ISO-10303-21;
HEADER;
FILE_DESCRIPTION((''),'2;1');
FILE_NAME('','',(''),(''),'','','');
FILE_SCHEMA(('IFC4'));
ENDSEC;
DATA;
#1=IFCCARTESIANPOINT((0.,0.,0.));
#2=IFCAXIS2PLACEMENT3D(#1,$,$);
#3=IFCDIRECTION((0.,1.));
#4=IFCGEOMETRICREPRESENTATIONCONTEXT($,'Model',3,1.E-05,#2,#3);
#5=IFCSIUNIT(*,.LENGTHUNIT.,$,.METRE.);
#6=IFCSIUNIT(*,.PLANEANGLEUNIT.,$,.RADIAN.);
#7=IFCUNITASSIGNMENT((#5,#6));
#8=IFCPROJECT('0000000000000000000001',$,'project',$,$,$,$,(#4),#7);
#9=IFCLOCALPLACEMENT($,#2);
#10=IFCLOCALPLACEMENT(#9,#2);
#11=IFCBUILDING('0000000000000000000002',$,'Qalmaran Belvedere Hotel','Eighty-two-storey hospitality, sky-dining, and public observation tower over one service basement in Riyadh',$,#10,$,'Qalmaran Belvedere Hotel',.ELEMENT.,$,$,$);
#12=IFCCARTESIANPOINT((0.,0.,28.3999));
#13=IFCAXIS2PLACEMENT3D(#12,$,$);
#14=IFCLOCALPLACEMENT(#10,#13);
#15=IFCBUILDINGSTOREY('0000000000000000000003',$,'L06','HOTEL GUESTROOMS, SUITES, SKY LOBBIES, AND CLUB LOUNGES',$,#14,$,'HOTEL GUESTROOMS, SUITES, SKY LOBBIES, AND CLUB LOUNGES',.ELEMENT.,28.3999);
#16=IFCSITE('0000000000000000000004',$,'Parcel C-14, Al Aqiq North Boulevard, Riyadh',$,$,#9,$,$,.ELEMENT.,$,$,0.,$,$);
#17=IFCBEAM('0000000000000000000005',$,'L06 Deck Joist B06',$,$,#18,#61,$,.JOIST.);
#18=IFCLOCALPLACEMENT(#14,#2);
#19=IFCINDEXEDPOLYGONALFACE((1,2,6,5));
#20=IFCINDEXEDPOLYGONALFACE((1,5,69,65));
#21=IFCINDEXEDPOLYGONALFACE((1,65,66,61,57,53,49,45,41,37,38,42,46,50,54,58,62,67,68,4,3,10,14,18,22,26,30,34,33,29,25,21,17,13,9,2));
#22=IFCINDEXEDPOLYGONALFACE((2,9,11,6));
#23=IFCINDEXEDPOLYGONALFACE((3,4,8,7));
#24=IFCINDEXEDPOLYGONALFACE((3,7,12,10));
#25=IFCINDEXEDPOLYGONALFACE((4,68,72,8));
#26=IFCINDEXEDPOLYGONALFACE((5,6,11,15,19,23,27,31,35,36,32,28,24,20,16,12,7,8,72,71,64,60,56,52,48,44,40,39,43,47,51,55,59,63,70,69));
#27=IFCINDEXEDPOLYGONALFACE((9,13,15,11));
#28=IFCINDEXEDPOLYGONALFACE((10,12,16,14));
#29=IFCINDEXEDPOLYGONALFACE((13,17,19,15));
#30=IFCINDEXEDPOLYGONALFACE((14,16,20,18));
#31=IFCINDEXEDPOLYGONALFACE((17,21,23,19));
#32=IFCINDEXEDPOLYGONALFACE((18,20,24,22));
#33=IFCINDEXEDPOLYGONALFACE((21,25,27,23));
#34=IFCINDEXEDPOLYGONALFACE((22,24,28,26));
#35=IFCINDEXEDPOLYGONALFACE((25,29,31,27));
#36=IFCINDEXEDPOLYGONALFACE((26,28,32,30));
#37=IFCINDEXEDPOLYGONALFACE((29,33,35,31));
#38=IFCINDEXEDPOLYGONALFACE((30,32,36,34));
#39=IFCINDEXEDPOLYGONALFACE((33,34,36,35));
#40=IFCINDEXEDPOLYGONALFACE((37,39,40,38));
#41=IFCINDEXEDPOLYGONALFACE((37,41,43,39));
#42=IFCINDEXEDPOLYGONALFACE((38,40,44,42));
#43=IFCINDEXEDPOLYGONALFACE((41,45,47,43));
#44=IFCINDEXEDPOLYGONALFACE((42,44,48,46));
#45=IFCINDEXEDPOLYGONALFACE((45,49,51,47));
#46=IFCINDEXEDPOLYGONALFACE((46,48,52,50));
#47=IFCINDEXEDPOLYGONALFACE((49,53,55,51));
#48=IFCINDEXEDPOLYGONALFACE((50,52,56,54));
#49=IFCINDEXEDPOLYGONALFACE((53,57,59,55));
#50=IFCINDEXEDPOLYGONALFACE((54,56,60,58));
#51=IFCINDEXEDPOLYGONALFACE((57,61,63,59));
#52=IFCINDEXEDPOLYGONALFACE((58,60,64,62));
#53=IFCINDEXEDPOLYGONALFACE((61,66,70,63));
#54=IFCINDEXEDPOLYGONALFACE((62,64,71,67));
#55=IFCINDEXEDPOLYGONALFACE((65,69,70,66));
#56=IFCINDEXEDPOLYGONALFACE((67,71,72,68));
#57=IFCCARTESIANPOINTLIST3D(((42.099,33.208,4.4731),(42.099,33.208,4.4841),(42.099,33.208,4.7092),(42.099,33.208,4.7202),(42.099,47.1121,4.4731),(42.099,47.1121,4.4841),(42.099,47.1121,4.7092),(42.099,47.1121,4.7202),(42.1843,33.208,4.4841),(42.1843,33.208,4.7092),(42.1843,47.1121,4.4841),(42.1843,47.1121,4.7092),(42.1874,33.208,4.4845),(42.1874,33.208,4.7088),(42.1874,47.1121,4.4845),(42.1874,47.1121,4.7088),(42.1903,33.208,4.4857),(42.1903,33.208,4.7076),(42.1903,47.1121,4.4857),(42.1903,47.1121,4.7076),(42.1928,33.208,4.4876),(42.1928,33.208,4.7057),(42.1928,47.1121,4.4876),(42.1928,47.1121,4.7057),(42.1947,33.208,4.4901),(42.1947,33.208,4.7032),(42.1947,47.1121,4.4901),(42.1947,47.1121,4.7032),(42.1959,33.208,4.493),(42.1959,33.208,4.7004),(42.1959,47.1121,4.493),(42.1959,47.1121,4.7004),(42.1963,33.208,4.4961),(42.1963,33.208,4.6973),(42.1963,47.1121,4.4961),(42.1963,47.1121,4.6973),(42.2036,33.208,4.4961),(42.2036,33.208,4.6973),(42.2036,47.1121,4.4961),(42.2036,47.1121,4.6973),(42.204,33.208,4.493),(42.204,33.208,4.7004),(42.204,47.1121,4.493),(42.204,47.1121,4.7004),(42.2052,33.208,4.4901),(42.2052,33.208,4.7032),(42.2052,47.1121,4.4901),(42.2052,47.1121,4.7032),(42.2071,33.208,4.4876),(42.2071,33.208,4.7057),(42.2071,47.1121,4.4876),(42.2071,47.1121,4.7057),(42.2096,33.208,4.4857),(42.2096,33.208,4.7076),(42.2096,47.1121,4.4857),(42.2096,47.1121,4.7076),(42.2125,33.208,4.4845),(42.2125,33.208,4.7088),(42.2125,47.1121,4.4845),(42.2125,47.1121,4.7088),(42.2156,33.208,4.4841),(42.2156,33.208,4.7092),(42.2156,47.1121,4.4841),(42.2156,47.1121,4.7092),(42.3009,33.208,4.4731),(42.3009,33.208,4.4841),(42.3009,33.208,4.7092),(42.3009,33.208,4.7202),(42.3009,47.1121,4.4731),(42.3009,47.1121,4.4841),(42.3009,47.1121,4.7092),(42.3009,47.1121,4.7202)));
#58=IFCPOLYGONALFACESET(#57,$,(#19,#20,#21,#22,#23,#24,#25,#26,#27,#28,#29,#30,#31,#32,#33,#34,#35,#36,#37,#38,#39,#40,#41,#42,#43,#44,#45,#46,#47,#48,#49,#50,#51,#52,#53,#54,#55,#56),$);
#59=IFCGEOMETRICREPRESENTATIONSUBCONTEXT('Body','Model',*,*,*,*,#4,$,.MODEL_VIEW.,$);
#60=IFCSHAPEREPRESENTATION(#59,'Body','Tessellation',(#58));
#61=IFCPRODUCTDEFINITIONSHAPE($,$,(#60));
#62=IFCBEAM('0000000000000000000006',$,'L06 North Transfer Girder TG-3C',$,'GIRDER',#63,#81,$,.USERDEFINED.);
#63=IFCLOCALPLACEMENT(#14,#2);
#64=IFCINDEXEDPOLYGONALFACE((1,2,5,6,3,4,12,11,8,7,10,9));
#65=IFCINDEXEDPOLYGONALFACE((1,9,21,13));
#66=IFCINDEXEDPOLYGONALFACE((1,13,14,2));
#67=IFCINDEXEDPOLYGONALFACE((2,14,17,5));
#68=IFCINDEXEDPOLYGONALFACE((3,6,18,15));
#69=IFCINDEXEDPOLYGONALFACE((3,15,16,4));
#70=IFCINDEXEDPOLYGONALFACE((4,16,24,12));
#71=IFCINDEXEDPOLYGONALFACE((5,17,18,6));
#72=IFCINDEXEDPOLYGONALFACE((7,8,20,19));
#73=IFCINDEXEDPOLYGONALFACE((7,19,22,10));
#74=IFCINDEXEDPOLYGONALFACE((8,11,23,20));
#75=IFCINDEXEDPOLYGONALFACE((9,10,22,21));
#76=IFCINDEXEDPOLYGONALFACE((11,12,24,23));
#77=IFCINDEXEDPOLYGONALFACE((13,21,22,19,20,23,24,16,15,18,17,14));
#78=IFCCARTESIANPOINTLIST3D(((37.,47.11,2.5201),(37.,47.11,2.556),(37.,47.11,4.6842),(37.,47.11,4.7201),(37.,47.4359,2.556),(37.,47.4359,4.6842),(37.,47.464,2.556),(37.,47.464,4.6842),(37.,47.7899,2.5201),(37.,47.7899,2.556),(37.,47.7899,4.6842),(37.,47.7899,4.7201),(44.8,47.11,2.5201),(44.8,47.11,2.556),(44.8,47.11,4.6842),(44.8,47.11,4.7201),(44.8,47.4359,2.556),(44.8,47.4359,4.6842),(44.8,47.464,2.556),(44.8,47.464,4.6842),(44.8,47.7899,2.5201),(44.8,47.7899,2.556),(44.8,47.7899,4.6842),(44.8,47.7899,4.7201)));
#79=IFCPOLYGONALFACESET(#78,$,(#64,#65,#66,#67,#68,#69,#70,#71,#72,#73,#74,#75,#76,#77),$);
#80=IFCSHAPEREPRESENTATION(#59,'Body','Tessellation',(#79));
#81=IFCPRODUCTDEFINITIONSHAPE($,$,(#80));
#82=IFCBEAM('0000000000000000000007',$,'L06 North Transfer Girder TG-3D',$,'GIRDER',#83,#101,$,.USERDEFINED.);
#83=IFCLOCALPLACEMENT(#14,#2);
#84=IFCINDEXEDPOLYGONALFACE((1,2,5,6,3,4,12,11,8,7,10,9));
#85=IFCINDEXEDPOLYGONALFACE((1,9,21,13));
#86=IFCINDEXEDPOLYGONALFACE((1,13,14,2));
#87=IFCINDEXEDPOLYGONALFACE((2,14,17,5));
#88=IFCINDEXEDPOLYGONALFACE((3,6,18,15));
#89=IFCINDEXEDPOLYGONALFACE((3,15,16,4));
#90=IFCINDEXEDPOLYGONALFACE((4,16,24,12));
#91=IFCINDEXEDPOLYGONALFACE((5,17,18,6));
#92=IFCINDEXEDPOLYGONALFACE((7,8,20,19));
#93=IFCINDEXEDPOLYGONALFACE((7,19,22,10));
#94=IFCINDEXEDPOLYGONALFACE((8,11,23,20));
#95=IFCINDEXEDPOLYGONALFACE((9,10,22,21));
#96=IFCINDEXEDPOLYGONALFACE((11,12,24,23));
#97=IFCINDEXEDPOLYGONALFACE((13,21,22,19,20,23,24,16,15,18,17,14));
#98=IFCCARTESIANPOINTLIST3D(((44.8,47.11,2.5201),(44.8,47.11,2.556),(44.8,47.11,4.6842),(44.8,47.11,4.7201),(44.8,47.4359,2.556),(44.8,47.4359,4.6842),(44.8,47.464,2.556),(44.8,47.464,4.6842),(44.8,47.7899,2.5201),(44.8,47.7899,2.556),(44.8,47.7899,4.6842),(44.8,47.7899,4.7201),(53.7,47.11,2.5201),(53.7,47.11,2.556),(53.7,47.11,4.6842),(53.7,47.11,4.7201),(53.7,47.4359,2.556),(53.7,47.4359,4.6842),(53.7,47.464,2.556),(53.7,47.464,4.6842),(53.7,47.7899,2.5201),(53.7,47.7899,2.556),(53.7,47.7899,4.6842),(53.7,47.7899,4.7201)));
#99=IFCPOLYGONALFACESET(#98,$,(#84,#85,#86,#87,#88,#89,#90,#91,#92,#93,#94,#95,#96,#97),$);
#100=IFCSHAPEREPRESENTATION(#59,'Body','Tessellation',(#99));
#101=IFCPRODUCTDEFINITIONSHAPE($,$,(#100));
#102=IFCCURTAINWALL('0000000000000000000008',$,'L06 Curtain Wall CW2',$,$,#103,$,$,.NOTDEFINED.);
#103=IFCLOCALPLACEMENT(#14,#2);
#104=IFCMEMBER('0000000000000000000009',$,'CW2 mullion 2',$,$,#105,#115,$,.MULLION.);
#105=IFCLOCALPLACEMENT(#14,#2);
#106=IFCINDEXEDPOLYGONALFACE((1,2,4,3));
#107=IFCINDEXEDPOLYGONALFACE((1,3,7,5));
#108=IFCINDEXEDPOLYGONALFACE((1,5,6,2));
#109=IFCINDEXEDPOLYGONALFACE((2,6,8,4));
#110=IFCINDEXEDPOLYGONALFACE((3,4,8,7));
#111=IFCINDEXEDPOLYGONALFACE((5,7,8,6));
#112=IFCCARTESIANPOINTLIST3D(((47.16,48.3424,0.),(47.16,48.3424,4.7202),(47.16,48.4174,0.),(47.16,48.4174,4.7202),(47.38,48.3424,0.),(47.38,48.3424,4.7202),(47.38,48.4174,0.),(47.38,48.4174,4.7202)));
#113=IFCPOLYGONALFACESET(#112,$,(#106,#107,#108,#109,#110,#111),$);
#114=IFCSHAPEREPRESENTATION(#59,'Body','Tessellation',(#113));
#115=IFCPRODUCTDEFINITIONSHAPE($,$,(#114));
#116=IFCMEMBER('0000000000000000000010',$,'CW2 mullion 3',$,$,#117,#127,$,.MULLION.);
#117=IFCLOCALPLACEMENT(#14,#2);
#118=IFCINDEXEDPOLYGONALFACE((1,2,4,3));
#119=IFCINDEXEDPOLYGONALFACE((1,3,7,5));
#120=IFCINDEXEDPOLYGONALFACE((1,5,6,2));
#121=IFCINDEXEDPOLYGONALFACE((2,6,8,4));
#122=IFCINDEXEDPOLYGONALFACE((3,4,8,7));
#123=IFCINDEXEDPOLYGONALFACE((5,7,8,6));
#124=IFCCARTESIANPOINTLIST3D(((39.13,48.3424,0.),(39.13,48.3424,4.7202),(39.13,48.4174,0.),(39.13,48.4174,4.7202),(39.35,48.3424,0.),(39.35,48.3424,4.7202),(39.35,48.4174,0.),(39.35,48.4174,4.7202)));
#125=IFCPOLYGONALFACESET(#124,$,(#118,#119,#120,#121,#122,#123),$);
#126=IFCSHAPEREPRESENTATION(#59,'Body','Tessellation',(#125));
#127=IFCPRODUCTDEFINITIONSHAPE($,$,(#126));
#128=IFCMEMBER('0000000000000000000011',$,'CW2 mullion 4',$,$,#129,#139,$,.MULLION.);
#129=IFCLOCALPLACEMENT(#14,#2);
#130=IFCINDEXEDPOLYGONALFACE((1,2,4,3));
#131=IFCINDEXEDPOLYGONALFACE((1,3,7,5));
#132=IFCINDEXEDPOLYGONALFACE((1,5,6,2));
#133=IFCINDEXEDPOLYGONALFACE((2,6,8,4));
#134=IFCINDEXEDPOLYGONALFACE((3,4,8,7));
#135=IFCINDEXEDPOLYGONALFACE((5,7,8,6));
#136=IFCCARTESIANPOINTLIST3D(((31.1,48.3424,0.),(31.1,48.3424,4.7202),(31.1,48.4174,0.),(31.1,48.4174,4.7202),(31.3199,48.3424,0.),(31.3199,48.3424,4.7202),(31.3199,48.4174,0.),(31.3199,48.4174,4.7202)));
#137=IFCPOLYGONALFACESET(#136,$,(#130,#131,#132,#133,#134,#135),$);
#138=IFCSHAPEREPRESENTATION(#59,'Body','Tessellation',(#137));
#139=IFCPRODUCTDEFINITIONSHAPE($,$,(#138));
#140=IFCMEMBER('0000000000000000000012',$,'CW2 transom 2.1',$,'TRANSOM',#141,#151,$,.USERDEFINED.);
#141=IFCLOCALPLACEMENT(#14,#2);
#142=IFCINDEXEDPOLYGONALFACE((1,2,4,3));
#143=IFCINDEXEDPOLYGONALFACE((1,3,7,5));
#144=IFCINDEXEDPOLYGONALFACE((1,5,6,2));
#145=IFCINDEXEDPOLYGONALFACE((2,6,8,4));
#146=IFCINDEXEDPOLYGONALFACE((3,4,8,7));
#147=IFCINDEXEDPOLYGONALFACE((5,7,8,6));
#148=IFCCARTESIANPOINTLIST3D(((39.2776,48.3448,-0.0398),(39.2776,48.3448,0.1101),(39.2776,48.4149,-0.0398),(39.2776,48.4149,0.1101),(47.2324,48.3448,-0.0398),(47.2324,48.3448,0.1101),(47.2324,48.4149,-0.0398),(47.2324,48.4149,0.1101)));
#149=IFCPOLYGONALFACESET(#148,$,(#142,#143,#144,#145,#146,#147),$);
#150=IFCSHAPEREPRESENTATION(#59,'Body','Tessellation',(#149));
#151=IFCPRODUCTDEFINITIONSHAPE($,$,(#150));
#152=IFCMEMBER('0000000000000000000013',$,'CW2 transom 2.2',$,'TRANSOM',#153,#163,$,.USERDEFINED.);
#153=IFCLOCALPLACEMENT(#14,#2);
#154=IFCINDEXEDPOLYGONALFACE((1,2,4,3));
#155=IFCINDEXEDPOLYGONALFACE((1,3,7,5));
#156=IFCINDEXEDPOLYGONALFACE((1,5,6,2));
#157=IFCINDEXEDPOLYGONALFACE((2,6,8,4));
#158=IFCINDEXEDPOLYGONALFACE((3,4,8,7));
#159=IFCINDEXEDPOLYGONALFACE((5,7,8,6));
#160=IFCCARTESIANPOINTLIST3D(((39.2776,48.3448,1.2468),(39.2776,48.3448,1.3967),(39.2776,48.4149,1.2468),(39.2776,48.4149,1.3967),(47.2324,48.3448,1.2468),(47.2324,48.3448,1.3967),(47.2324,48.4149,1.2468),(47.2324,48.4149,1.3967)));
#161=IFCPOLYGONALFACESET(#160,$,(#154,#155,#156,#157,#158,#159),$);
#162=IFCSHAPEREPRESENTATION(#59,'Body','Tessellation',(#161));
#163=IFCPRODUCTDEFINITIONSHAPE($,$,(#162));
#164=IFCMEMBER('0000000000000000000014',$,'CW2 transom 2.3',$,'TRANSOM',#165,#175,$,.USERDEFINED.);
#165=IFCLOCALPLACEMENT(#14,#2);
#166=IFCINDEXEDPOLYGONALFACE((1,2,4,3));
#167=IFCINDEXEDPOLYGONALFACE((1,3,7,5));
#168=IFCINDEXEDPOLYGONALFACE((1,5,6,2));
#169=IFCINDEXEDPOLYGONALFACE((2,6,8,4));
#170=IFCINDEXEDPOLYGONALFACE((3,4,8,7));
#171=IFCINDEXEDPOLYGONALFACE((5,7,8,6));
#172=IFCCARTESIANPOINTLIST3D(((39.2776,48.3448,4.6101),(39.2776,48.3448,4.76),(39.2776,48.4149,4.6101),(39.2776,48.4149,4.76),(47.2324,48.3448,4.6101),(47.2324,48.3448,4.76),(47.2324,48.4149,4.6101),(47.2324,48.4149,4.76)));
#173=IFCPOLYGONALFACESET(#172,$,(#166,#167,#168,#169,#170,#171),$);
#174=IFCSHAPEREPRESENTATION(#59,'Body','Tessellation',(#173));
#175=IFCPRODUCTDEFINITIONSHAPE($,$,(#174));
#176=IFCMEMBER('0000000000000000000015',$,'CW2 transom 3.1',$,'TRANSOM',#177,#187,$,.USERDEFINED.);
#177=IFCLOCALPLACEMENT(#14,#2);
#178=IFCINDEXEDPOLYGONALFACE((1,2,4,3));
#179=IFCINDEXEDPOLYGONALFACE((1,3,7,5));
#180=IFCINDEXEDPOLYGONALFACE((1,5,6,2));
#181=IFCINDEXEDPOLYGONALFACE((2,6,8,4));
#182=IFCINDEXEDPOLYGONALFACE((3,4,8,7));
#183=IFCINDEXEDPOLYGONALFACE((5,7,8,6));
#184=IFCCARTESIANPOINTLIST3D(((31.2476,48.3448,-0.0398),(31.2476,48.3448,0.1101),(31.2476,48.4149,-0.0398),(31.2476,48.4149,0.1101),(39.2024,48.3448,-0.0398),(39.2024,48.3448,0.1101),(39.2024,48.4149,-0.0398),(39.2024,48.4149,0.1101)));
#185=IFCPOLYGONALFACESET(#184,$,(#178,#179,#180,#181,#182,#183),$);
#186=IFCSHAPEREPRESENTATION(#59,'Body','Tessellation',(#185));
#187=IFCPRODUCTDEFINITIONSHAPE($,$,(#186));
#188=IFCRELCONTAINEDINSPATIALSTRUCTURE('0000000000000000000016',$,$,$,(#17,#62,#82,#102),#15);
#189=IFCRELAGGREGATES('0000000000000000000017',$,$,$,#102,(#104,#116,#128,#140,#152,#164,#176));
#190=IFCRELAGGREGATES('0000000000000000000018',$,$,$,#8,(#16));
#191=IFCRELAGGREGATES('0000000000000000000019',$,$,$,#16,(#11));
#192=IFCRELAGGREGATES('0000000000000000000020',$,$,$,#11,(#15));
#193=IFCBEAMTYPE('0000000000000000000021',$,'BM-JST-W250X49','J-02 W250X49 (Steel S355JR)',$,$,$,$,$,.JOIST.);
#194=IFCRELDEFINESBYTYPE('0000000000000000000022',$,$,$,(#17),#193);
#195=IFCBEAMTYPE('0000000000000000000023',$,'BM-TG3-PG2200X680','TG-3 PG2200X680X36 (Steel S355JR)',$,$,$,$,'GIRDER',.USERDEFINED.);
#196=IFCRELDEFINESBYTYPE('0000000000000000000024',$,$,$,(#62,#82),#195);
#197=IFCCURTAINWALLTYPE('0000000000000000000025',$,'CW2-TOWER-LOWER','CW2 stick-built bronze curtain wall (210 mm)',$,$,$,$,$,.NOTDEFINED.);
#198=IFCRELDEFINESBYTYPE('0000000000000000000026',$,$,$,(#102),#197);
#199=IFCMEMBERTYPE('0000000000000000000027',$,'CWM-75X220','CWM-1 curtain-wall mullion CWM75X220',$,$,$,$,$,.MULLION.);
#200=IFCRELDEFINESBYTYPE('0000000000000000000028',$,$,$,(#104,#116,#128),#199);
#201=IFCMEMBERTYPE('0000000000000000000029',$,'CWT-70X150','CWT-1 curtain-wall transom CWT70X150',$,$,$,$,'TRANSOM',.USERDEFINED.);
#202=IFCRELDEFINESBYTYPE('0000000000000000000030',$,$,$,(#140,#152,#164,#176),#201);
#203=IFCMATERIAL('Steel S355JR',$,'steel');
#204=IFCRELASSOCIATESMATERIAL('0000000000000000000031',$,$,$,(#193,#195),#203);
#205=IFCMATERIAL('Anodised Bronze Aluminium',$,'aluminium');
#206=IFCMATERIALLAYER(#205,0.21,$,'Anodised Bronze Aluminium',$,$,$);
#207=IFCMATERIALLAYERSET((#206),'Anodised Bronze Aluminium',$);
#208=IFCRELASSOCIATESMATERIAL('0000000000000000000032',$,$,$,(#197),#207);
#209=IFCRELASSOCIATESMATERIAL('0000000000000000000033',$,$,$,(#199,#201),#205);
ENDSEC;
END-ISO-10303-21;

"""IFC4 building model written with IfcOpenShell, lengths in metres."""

from ifc_helpers import new_model, si_unit, direction, frame, origin, origin_2d, place, context, subcontext, project, spatial, rectangle, i_section, extrude, material, layer, layer_set, material_profile, profile_set, type_object, element, aggregate, save


model = new_model("IFC4")

# Units and contexts
model_context = context("Model", 3, precision=1e-05, world=origin(), true_north=direction((0.0, 1.0)))
body_context = subcontext(model_context, "Body", "Model", "MODEL_VIEW")
ifc_project = project(units=[si_unit("LENGTHUNIT", "METRE"), si_unit("PLANEANGLEUNIT", "RADIAN")], contexts=[model_context])

# Site, building, storey
site_placement = place(None, origin())
site = spatial("IfcSite", under=ifc_project, at=site_placement, Name="Parcel C-14, Al Aqiq North Boulevard, Riyadh", CompositionType="ELEMENT", RefElevation=0.0)
building_placement = place(site_placement, origin())
building = spatial("IfcBuilding", under=site, at=building_placement, Name="Qalmaran Belvedere Hotel", Description="Eighty-two-storey hospitality, sky-dining, and public observation tower over one service basement in Riyadh", LongName="Qalmaran Belvedere Hotel", CompositionType="ELEMENT")
storey_placement = place(building_placement, frame((0.0, 0.0, 28.3999)))
storey = spatial("IfcBuildingStorey", under=building, at=storey_placement, Name="L06", Description="HOTEL GUESTROOMS, SUITES, SKY LOBBIES, AND CLUB LOUNGES", LongName="HOTEL GUESTROOMS, SUITES, SKY LOBBIES, AND CLUB LOUNGES", CompositionType="ELEMENT", Elevation=28.3999)

# Beams
ifc_material_1 = material(Name="Steel S355JR", Category="steel")
ifc_material_profile_1 = material_profile(ifc_material_1, i_section(OverallWidth=0.2019, OverallDepth=0.2471, WebThickness=0.0073, FlangeThickness=0.011, FilletRadius=0.012, at=origin_2d()), Name="W250X49")
ifc_profile_set_1 = profile_set([ifc_material_profile_1], Name="Steel S355JR")
beam_type_1 = type_object("IfcBeamType", Name="BM-JST-W250X49", Description="J-02 W250X49 (Steel S355JR)", PredefinedType="JOIST", material=ifc_profile_set_1)
for number, where, z_axis, x_axis, name in (
    (1, (42.2, 33.208, 4.5967), (0.0, 1.0, 0.0), (-1.0, 0.0, 0.0), "L06 Deck Joist B06"),
):
    element("IfcBeam", number, at=place(storey_placement, frame(where, z_axis=z_axis, x_axis=x_axis)), inside=storey, type_object=beam_type_1, Name=name, PredefinedType="JOIST", context=body_context, shape_type="SweptSolid", body=[
        extrude(i_section(OverallWidth=0.2019, OverallDepth=0.2471, WebThickness=0.0073, FlangeThickness=0.011, FilletRadius=0.012, at=origin_2d()), origin(), (0.0, 0.0, 1.0), 13.9041),
    ])
ifc_material_profile_2 = material_profile(ifc_material_1, i_section(OverallWidth=0.6799, OverallDepth=2.2, WebThickness=0.0281, FlangeThickness=0.0359, at=origin_2d()), Name="PG2200X680X36")
ifc_profile_set_2 = profile_set([ifc_material_profile_2], Name="Steel S355JR")
beam_type_2 = type_object("IfcBeamType", Name="BM-TG3-PG2200X680", Description="TG-3 PG2200X680X36 (Steel S355JR)", ElementType="GIRDER", PredefinedType="USERDEFINED", material=ifc_profile_set_2)
beam_1_placement = place(storey_placement, frame((37.0, 47.45, 3.6201), z_axis=(1.0, 0.0, 0.0), x_axis=(0.0, 1.0, 0.0)))
element("IfcBeam", 2, at=beam_1_placement, inside=storey, type_object=beam_type_2, Name="L06 North Transfer Girder TG-3C", ObjectType="GIRDER", PredefinedType="USERDEFINED", context=body_context, shape_type="SweptSolid", body=[
    extrude(i_section(OverallWidth=0.6799, OverallDepth=2.2, WebThickness=0.0281, FlangeThickness=0.0359, at=origin_2d()), origin(), (0.0, 0.0, 1.0), 7.8),
])
beam_2_placement = place(storey_placement, frame((44.8, 47.45, 3.6201), z_axis=(1.0, 0.0, 0.0), x_axis=(0.0, 1.0, 0.0)))
element("IfcBeam", 3, at=beam_2_placement, inside=storey, type_object=beam_type_2, Name="L06 North Transfer Girder TG-3D", ObjectType="GIRDER", PredefinedType="USERDEFINED", context=body_context, shape_type="SweptSolid", body=[
    extrude(i_section(OverallWidth=0.6799, OverallDepth=2.2, WebThickness=0.0281, FlangeThickness=0.0359, at=origin_2d()), origin(), (0.0, 0.0, 1.0), 8.8999),
])

# Curtain wall, members
ifc_material_2 = material(Name="Anodised Bronze Aluminium", Category="aluminium")
ifc_layer_1 = layer(ifc_material_2, 0.21, Name="Anodised Bronze Aluminium")
ifc_layer_set_1 = layer_set([ifc_layer_1], Name="Anodised Bronze Aluminium")
curtain_wall_type = type_object("IfcCurtainWallType", Name="CW2-TOWER-LOWER", Description="CW2 stick-built bronze curtain wall (210 mm)", PredefinedType="NOTDEFINED", material=ifc_layer_set_1)
curtain_wall_placement = place(storey_placement, origin())
curtain_wall = element("IfcCurtainWall", 4, at=curtain_wall_placement, inside=storey, type_object=curtain_wall_type, Name="L06 Curtain Wall CW2", PredefinedType="NOTDEFINED")
ifc_material_profile_3 = material_profile(ifc_material_2, rectangle(XDim=0.075, YDim=0.22, at=origin_2d()), Name="CWM75X220")
ifc_profile_set_3 = profile_set([ifc_material_profile_3], Name="Anodised Bronze Aluminium")
member_type_1 = type_object("IfcMemberType", Name="CWM-75X220", Description="CWM-1 curtain-wall mullion CWM75X220", PredefinedType="MULLION", material=ifc_profile_set_3)
member_1_placement = place(storey_placement, frame((47.27, 48.3799, 0.0), z_axis=(0.0, 0.0, 1.0), x_axis=(0.0, -1.0, 0.0)))
member_1 = element("IfcMember", 5, at=member_1_placement, type_object=member_type_1, Name="CW2 mullion 2", PredefinedType="MULLION", context=body_context, shape_type="SweptSolid", body=[
    extrude(rectangle(XDim=0.075, YDim=0.22, at=origin_2d()), origin(), (0.0, 0.0, 1.0), 4.7202),
])
member_2_placement = place(storey_placement, frame((39.24, 48.3799, 0.0), z_axis=(0.0, 0.0, 1.0), x_axis=(0.0, -1.0, 0.0)))
member_2 = element("IfcMember", 6, at=member_2_placement, type_object=member_type_1, Name="CW2 mullion 3", PredefinedType="MULLION", context=body_context, shape_type="SweptSolid", body=[
    extrude(rectangle(XDim=0.075, YDim=0.22, at=origin_2d()), origin(), (0.0, 0.0, 1.0), 4.7202),
])
member_3_placement = place(storey_placement, frame((31.21, 48.3799, 0.0), z_axis=(0.0, 0.0, 1.0), x_axis=(0.0, -1.0, 0.0)))
member_3 = element("IfcMember", 7, at=member_3_placement, type_object=member_type_1, Name="CW2 mullion 4", PredefinedType="MULLION", context=body_context, shape_type="SweptSolid", body=[
    extrude(rectangle(XDim=0.075, YDim=0.22, at=origin_2d()), origin(), (0.0, 0.0, 1.0), 4.7202),
])
ifc_material_profile_4 = material_profile(ifc_material_2, rectangle(XDim=0.0701, YDim=0.1499, at=origin_2d()), Name="CWT70X150")
ifc_profile_set_4 = profile_set([ifc_material_profile_4], Name="Anodised Bronze Aluminium")
member_type_2 = type_object("IfcMemberType", Name="CWT-70X150", Description="CWT-1 curtain-wall transom CWT70X150", ElementType="TRANSOM", PredefinedType="USERDEFINED", material=ifc_profile_set_4)
member_4_placement = place(storey_placement, frame((47.2324, 48.3799, 0.0352), z_axis=(-1.0, 0.0, 0.0), x_axis=(0.0, -1.0, 0.0)))
member_4 = element("IfcMember", 8, at=member_4_placement, type_object=member_type_2, Name="CW2 transom 2.1", ObjectType="TRANSOM", PredefinedType="USERDEFINED", context=body_context, shape_type="SweptSolid", body=[
    extrude(rectangle(XDim=0.0701, YDim=0.1499, at=origin_2d()), origin(), (0.0, 0.0, 1.0), 7.9548),
])
member_5_placement = place(storey_placement, frame((47.2324, 48.3799, 1.3218), z_axis=(-1.0, 0.0, 0.0), x_axis=(0.0, -1.0, 0.0)))
member_5 = element("IfcMember", 9, at=member_5_placement, type_object=member_type_2, Name="CW2 transom 2.2", ObjectType="TRANSOM", PredefinedType="USERDEFINED", context=body_context, shape_type="SweptSolid", body=[
    extrude(rectangle(XDim=0.0701, YDim=0.1499, at=origin_2d()), origin(), (0.0, 0.0, 1.0), 7.9548),
])
member_6_placement = place(storey_placement, frame((47.2324, 48.3799, 4.6851), z_axis=(-1.0, 0.0, 0.0), x_axis=(0.0, -1.0, 0.0)))
member_6 = element("IfcMember", 10, at=member_6_placement, type_object=member_type_2, Name="CW2 transom 2.3", ObjectType="TRANSOM", PredefinedType="USERDEFINED", context=body_context, shape_type="SweptSolid", body=[
    extrude(rectangle(XDim=0.0701, YDim=0.1499, at=origin_2d()), origin(), (0.0, 0.0, 1.0), 7.9548),
])
member_7_placement = place(storey_placement, frame((39.2024, 48.3799, 0.0352), z_axis=(-1.0, 0.0, 0.0), x_axis=(0.0, -1.0, 0.0)))
member_7 = element("IfcMember", 11, at=member_7_placement, type_object=member_type_2, Name="CW2 transom 3.1", ObjectType="TRANSOM", PredefinedType="USERDEFINED", context=body_context, shape_type="SweptSolid", body=[
    extrude(rectangle(XDim=0.0701, YDim=0.1499, at=origin_2d()), origin(), (0.0, 0.0, 1.0), 7.9548),
])
aggregate(curtain_wall, [member_1, member_2, member_3, member_4, member_5, member_6, member_7])

save(model, "model.ifc")
